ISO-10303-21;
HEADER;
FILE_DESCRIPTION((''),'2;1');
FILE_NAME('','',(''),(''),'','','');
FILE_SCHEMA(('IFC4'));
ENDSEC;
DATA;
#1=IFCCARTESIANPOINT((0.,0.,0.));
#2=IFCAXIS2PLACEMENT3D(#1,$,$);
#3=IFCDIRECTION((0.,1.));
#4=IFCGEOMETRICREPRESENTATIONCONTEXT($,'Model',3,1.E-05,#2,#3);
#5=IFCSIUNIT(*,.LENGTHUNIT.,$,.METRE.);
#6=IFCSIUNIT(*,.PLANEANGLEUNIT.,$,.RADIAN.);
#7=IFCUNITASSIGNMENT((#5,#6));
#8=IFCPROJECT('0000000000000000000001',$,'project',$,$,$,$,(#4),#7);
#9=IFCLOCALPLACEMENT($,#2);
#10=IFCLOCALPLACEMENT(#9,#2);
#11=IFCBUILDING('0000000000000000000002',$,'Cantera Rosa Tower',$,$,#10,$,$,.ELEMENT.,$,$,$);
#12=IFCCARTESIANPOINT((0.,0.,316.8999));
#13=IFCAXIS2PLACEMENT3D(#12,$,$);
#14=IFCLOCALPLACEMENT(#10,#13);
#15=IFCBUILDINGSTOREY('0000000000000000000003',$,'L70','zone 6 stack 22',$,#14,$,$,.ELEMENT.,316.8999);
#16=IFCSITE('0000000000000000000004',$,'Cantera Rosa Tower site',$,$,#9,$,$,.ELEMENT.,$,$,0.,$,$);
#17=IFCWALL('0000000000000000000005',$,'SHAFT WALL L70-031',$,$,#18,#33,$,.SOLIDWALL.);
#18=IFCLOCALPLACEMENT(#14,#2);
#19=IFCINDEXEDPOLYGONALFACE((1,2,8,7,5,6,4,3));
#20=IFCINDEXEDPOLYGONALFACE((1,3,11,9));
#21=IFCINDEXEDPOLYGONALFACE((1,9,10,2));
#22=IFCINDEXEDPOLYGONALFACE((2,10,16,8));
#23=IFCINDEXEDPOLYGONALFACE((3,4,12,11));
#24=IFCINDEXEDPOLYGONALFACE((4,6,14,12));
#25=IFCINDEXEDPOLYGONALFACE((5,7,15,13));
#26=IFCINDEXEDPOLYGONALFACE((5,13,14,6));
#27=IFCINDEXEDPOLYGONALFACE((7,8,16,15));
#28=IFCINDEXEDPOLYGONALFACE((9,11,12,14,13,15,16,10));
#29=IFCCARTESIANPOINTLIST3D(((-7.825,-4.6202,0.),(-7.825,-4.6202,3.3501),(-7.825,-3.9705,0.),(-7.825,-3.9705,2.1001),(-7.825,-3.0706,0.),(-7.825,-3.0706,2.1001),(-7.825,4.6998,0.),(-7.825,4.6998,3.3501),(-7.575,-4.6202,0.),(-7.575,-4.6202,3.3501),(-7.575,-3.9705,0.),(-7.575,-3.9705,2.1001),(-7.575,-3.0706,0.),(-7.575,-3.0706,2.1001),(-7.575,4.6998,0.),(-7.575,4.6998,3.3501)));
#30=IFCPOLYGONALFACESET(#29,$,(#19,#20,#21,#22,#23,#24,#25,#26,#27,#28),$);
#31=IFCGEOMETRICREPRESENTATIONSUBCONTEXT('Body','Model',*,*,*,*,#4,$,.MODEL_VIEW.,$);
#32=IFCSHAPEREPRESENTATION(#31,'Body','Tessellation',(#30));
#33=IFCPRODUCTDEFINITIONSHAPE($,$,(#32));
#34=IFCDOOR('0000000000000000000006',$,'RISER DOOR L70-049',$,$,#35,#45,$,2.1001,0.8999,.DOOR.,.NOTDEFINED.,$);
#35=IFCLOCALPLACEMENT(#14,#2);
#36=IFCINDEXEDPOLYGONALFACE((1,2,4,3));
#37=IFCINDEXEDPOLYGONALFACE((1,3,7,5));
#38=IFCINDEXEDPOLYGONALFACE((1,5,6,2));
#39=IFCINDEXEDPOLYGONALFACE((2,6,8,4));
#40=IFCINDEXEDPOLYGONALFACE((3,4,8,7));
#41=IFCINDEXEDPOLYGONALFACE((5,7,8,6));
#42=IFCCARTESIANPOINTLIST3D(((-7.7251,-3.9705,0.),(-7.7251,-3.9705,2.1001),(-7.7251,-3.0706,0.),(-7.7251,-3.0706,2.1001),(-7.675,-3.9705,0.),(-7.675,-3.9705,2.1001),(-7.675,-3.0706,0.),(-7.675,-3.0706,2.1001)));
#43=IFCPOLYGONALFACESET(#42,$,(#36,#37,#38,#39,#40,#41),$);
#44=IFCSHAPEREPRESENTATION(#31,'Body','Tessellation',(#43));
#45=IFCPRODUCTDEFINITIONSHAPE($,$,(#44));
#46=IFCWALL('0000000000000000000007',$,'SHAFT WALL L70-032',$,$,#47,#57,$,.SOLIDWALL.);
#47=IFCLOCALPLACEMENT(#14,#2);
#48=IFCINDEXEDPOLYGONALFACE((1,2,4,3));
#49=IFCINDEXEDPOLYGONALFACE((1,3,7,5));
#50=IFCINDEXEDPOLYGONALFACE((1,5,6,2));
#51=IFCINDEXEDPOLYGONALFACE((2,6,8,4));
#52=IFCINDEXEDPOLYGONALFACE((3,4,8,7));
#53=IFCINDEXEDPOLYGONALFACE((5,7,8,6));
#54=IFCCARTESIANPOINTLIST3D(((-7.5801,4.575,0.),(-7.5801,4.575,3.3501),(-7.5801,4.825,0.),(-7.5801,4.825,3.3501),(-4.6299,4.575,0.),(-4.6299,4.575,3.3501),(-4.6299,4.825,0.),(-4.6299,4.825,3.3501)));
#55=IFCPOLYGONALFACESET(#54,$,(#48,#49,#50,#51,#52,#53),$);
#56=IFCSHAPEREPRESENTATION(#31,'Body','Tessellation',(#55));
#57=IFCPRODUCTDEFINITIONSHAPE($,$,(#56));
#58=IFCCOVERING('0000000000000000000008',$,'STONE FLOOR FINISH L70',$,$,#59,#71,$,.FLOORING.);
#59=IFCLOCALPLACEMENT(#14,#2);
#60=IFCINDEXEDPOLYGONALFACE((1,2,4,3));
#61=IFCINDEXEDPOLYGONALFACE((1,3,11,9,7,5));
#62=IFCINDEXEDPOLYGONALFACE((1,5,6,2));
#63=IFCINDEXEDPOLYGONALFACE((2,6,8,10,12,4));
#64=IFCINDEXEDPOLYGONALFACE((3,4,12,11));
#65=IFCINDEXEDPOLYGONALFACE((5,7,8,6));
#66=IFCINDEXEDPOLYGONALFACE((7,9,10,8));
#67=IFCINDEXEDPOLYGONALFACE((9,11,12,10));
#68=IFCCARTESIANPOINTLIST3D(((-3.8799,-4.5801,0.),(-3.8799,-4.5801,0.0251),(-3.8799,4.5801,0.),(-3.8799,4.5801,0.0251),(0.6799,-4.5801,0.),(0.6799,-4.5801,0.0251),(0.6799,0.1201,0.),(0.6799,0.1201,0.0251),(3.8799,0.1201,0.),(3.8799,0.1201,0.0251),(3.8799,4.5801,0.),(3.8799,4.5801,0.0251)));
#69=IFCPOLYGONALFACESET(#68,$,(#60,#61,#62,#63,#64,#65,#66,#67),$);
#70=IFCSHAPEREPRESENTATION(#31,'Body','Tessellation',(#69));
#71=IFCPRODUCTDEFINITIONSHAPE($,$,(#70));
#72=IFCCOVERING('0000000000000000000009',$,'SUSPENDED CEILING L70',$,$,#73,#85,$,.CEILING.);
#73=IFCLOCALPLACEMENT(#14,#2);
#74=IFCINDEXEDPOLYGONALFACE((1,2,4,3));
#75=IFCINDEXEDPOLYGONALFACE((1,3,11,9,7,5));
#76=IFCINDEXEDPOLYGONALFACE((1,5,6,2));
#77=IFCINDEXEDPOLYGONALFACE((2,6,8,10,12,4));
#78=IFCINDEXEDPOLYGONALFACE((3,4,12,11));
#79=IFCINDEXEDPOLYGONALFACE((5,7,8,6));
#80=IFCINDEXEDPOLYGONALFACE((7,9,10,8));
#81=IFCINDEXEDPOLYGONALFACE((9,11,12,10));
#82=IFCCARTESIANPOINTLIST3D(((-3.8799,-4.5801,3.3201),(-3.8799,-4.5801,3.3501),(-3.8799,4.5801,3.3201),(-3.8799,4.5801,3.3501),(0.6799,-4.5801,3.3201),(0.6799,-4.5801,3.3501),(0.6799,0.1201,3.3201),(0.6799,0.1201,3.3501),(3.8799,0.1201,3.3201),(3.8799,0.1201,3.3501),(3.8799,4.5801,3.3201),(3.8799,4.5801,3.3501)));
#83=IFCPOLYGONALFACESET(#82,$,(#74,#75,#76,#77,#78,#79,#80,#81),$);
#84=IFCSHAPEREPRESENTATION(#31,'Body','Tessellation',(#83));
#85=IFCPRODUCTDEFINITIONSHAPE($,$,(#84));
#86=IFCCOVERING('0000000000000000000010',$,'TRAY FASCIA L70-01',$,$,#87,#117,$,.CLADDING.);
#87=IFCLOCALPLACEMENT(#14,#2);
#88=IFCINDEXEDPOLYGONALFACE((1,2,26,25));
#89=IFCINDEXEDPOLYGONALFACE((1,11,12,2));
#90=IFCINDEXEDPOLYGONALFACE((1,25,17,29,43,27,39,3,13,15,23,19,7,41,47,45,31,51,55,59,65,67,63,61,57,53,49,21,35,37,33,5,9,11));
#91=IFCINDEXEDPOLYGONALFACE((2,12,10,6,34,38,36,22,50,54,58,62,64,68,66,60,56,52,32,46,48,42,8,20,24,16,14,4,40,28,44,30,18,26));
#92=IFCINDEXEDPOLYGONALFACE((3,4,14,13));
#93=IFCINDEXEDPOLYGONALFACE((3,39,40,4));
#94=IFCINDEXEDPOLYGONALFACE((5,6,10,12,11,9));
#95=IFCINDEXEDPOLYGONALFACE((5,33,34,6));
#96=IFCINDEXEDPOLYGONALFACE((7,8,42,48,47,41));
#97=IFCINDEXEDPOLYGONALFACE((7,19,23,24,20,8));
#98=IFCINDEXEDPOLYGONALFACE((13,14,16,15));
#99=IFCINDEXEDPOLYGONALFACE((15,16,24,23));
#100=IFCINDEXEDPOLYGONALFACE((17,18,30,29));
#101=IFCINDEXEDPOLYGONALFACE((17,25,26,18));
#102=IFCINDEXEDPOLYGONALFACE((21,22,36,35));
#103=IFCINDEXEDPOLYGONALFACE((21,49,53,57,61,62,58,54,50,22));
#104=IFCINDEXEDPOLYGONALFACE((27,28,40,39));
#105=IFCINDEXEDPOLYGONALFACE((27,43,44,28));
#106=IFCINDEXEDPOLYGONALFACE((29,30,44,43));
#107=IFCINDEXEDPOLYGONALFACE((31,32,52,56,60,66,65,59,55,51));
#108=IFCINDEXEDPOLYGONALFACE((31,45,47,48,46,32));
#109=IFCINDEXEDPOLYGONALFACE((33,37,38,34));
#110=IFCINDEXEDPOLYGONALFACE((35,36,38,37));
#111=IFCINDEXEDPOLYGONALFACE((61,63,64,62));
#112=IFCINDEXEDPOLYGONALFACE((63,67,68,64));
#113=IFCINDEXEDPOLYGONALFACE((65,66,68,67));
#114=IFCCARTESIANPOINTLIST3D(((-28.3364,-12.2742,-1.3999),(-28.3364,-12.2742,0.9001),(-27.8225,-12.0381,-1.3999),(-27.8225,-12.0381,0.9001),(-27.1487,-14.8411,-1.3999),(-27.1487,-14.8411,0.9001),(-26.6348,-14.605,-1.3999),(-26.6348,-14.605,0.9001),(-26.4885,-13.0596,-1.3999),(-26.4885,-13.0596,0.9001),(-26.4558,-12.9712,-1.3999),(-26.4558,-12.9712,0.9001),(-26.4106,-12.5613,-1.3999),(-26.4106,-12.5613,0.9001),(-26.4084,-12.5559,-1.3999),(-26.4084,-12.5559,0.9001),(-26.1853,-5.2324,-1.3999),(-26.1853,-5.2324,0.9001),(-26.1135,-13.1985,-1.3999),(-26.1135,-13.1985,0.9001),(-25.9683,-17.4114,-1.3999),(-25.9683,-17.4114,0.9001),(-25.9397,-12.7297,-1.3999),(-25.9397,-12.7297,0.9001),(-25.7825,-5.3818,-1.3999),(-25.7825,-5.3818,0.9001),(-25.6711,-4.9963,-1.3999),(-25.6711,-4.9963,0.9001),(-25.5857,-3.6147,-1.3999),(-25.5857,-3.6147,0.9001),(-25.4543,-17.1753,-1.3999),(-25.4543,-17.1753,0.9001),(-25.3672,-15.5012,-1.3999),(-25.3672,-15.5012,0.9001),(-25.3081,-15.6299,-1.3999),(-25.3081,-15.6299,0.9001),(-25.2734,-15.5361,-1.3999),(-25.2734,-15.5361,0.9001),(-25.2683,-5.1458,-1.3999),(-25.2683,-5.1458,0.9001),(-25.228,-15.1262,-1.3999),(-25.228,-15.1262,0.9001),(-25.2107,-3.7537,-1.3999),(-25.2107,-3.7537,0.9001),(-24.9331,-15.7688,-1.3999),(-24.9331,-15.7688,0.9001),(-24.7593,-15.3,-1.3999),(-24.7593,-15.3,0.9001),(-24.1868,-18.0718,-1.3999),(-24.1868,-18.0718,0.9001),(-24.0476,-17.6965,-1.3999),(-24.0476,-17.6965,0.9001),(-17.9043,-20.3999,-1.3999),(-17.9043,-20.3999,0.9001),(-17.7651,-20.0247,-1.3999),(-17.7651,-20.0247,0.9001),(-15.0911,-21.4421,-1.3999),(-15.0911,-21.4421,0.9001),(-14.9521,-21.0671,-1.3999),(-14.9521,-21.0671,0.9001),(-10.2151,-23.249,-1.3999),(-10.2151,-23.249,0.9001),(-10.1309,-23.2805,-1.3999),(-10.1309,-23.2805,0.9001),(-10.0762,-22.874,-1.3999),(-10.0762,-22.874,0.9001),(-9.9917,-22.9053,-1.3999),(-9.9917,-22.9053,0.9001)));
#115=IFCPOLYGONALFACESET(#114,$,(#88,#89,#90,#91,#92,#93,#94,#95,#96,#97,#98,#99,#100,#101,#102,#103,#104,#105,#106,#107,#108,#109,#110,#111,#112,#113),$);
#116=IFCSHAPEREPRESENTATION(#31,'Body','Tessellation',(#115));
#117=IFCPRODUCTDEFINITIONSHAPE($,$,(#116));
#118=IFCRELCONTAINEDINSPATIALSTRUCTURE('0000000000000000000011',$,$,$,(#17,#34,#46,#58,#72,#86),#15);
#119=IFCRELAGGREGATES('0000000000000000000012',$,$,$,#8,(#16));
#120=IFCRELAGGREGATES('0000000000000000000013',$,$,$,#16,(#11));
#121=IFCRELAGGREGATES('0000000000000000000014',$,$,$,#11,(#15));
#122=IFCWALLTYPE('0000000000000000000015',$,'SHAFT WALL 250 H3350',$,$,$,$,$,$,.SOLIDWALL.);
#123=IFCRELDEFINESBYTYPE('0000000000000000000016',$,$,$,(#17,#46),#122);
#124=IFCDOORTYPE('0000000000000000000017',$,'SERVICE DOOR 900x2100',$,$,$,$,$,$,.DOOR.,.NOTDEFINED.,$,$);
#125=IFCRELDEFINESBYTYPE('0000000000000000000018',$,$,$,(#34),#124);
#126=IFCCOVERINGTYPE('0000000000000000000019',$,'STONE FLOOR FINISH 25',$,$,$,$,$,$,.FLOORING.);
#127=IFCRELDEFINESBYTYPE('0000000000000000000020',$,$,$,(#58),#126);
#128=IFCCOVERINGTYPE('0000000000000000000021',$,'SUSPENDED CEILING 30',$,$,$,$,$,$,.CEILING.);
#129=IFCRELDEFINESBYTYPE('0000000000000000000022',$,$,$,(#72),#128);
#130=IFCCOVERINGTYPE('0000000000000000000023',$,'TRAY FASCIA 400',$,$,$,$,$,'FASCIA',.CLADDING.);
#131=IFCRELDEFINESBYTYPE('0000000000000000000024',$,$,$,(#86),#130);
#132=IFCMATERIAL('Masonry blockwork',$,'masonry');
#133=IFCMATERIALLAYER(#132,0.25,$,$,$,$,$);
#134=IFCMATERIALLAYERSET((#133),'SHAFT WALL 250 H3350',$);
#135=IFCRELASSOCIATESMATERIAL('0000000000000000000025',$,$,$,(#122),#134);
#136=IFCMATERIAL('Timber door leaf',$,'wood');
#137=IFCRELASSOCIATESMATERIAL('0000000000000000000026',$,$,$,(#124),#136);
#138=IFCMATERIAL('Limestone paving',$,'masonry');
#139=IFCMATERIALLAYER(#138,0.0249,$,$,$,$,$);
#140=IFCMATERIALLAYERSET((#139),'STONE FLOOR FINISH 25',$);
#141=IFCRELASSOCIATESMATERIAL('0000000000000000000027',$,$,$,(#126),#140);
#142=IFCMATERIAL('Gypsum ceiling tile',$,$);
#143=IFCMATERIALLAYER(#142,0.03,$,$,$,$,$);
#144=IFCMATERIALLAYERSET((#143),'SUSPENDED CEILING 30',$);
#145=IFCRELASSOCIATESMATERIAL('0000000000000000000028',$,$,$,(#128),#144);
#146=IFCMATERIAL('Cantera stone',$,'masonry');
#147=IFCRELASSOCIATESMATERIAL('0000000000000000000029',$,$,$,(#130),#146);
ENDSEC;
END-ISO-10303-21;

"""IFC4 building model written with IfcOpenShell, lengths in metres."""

from ifc_helpers import new_model, si_unit, direction, frame, frame_2d, origin, place, context, subcontext, project, spatial, polyline, rectangle, outline, extrude, material, layer, layer_set, type_object, element, fill, save


model = new_model("IFC4")

# Units and contexts
model_context = context("Model", 3, precision=1e-05, world=origin(), true_north=direction((0.0, 1.0)))
body_context = subcontext(model_context, "Body", "Model", "MODEL_VIEW")
ifc_project = project(units=[si_unit("LENGTHUNIT", "METRE"), si_unit("PLANEANGLEUNIT", "RADIAN")], contexts=[model_context])

# Site, building, storey
site_placement = place(None, origin())
site = spatial("IfcSite", under=ifc_project, at=site_placement, Name="Cantera Rosa Tower site", CompositionType="ELEMENT", RefElevation=0.0)
building_placement = place(site_placement, origin())
building = spatial("IfcBuilding", under=site, at=building_placement, Name="Cantera Rosa Tower", CompositionType="ELEMENT")
storey_placement = place(building_placement, frame((0.0, 0.0, 316.8999)))
storey = spatial("IfcBuildingStorey", under=building, at=storey_placement, Name="L70", Description="zone 6 stack 22", CompositionType="ELEMENT", Elevation=316.8999)

# Shared definitions
ifc_material_1 = material(Name="Masonry blockwork", Category="masonry")
ifc_layer_1 = layer(ifc_material_1, 0.25)
ifc_layer_set_1 = layer_set([ifc_layer_1], Name="SHAFT WALL 250 H3350")
wall_type_1 = type_object("IfcWallType", Name="SHAFT WALL 250 H3350", PredefinedType="SOLIDWALL", material=ifc_layer_set_1)

# Wall, opening, door
wall_1_placement = place(storey_placement, frame((-7.7, 4.7, 0.0), z_axis=(0.0, 0.0, 1.0), x_axis=(0.0, -1.0, 0.0)))
wall_1 = element("IfcWall", 1, at=wall_1_placement, inside=storey, type_object=wall_type_1, Name="SHAFT WALL L70-031", PredefinedType="SOLIDWALL", context=body_context, shape_type="SweptSolid", body=[
    extrude(rectangle(XDim=9.3201, YDim=0.25, at=frame_2d((4.6602, 0.0))), origin(), (0.0, 0.0, 1.0), 3.3501),
])
opening_1_placement = place(wall_1_placement, frame((7.7705, 0.0, 0.0)))
opening_1 = element("IfcOpeningElement", 2, at=opening_1_placement, cuts=wall_1, PredefinedType="OPENING", context=body_context, shape_type="SweptSolid", body=[
    extrude(rectangle(XDim=0.8999, YDim=2.1001, at=frame_2d((0.45, 1.05))), frame((0.0, 0.135, 0.0), z_axis=(0.0, -1.0, 0.0), x_axis=(1.0, 0.0, 0.0)), (0.0, 0.0, 1.0), 0.27),
])
ifc_material_2 = material(Name="Timber door leaf", Category="wood")
door_type_1 = type_object("IfcDoorType", Name="SERVICE DOOR 900x2100", OperationType="NOTDEFINED", PredefinedType="DOOR", material=ifc_material_2)
door_1_placement = place(opening_1_placement, origin())
door_1 = element("IfcDoor", 3, at=door_1_placement, inside=storey, type_object=door_type_1, Name="RISER DOOR L70-049", OperationType="NOTDEFINED", OverallHeight=2.1001, OverallWidth=0.8999, PredefinedType="DOOR", context=body_context, shape_type="SweptSolid", body=[
    extrude(rectangle(XDim=0.8999, YDim=2.1001, at=frame_2d((0.45, 1.05))), frame((0.0, 0.0249, 0.0), z_axis=(0.0, -1.0, 0.0), x_axis=(1.0, 0.0, 0.0)), (0.0, 0.0, 1.0), 0.05),
])
fill(opening_1, door_1)

# Wall
wall_2_placement = place(storey_placement, frame((-7.5801, 4.7, 0.0), z_axis=(0.0, 0.0, 1.0), x_axis=(1.0, 0.0, 0.0)))
element("IfcWall", 4, at=wall_2_placement, inside=storey, type_object=wall_type_1, Name="SHAFT WALL L70-032", PredefinedType="SOLIDWALL", context=body_context, shape_type="SweptSolid", body=[
    extrude(rectangle(XDim=2.9502, YDim=0.25, at=frame_2d((1.4751, 0.0))), origin(), (0.0, 0.0, 1.0), 3.3501),
])

# Coverings
ifc_material_3 = material(Name="Limestone paving", Category="masonry")
ifc_layer_2 = layer(ifc_material_3, 0.0249)
ifc_layer_set_2 = layer_set([ifc_layer_2], Name="STONE FLOOR FINISH 25")
covering_type_1 = type_object("IfcCoveringType", Name="STONE FLOOR FINISH 25", PredefinedType="FLOORING", material=ifc_layer_set_2)
covering_1_placement = place(storey_placement, origin())
element("IfcCovering", 5, at=covering_1_placement, inside=storey, type_object=covering_type_1, Name="STONE FLOOR FINISH L70", PredefinedType="FLOORING", context=body_context, shape_type="SweptSolid", body=[
    extrude(outline(polyline([(3.8799, 4.5801), (3.8799, 0.1201), (0.6799, 0.1201), (0.6799, -4.5801), (-3.8799, -4.5801), (-3.8799, 4.5801), (3.8799, 4.5801)])), origin(), (0.0, 0.0, 1.0), 0.0251),
])
ifc_material_4 = material(Name="Gypsum ceiling tile")
ifc_layer_3 = layer(ifc_material_4, 0.03)
ifc_layer_set_3 = layer_set([ifc_layer_3], Name="SUSPENDED CEILING 30")
covering_type_2 = type_object("IfcCoveringType", Name="SUSPENDED CEILING 30", PredefinedType="CEILING", material=ifc_layer_set_3)
covering_2_placement = place(storey_placement, frame((0.0, 0.0, 3.3201)))
element("IfcCovering", 6, at=covering_2_placement, inside=storey, type_object=covering_type_2, Name="SUSPENDED CEILING L70", PredefinedType="CEILING", context=body_context, shape_type="SweptSolid", body=[
    extrude(outline(polyline([(3.8799, 4.5801), (3.8799, 0.1201), (0.6799, 0.1201), (0.6799, -4.5801), (-3.8799, -4.5801), (-3.8799, 4.5801), (3.8799, 4.5801)])), origin(), (0.0, 0.0, 1.0), 0.03),
])
ifc_material_5 = material(Name="Cantera stone", Category="masonry")
covering_type_3 = type_object("IfcCoveringType", Name="TRAY FASCIA 400", ElementType="FASCIA", PredefinedType="CLADDING", material=ifc_material_5)
covering_3_placement = place(storey_placement, frame((0.0, 0.0, -1.3999)))
element("IfcCovering", 7, at=covering_3_placement, inside=storey, type_object=covering_type_3, Name="TRAY FASCIA L70-01", PredefinedType="CLADDING", context=body_context, shape_type="SweptSolid", body=[
    extrude(outline(polyline([(-25.7825, -5.3818), (-26.1853, -5.2324), (-25.5857, -3.6147), (-25.2107, -3.7537), (-25.6711, -4.9963), (-25.2683, -5.1458), (-27.8225, -12.0381), (-26.4106, -12.5613), (-26.4084, -12.5559), (-25.9397, -12.7297), (-26.1135, -13.1985), (-26.6348, -14.605), (-25.228, -15.1262), (-24.7593, -15.3), (-24.9331, -15.7688), (-25.4543, -17.1753), (-24.0476, -17.6965), (-17.7651, -20.0247), (-14.9521, -21.0671), (-10.0762, -22.874), (-9.9917, -22.9053), (-10.1309, -23.2805), (-10.2151, -23.249), (-15.0911, -21.4421), (-17.9043, -20.3999), (-24.1868, -18.0718), (-25.9683, -17.4114), (-25.3081, -15.6299), (-25.2734, -15.5361), (-25.3672, -15.5012), (-27.1487, -14.8411), (-26.4885, -13.0596), (-26.4558, -12.9712), (-28.3364, -12.2742), (-25.7825, -5.3818)])), origin(), (0.0, 0.0, 1.0), 2.3),
])

save(model, "model.ifc")
